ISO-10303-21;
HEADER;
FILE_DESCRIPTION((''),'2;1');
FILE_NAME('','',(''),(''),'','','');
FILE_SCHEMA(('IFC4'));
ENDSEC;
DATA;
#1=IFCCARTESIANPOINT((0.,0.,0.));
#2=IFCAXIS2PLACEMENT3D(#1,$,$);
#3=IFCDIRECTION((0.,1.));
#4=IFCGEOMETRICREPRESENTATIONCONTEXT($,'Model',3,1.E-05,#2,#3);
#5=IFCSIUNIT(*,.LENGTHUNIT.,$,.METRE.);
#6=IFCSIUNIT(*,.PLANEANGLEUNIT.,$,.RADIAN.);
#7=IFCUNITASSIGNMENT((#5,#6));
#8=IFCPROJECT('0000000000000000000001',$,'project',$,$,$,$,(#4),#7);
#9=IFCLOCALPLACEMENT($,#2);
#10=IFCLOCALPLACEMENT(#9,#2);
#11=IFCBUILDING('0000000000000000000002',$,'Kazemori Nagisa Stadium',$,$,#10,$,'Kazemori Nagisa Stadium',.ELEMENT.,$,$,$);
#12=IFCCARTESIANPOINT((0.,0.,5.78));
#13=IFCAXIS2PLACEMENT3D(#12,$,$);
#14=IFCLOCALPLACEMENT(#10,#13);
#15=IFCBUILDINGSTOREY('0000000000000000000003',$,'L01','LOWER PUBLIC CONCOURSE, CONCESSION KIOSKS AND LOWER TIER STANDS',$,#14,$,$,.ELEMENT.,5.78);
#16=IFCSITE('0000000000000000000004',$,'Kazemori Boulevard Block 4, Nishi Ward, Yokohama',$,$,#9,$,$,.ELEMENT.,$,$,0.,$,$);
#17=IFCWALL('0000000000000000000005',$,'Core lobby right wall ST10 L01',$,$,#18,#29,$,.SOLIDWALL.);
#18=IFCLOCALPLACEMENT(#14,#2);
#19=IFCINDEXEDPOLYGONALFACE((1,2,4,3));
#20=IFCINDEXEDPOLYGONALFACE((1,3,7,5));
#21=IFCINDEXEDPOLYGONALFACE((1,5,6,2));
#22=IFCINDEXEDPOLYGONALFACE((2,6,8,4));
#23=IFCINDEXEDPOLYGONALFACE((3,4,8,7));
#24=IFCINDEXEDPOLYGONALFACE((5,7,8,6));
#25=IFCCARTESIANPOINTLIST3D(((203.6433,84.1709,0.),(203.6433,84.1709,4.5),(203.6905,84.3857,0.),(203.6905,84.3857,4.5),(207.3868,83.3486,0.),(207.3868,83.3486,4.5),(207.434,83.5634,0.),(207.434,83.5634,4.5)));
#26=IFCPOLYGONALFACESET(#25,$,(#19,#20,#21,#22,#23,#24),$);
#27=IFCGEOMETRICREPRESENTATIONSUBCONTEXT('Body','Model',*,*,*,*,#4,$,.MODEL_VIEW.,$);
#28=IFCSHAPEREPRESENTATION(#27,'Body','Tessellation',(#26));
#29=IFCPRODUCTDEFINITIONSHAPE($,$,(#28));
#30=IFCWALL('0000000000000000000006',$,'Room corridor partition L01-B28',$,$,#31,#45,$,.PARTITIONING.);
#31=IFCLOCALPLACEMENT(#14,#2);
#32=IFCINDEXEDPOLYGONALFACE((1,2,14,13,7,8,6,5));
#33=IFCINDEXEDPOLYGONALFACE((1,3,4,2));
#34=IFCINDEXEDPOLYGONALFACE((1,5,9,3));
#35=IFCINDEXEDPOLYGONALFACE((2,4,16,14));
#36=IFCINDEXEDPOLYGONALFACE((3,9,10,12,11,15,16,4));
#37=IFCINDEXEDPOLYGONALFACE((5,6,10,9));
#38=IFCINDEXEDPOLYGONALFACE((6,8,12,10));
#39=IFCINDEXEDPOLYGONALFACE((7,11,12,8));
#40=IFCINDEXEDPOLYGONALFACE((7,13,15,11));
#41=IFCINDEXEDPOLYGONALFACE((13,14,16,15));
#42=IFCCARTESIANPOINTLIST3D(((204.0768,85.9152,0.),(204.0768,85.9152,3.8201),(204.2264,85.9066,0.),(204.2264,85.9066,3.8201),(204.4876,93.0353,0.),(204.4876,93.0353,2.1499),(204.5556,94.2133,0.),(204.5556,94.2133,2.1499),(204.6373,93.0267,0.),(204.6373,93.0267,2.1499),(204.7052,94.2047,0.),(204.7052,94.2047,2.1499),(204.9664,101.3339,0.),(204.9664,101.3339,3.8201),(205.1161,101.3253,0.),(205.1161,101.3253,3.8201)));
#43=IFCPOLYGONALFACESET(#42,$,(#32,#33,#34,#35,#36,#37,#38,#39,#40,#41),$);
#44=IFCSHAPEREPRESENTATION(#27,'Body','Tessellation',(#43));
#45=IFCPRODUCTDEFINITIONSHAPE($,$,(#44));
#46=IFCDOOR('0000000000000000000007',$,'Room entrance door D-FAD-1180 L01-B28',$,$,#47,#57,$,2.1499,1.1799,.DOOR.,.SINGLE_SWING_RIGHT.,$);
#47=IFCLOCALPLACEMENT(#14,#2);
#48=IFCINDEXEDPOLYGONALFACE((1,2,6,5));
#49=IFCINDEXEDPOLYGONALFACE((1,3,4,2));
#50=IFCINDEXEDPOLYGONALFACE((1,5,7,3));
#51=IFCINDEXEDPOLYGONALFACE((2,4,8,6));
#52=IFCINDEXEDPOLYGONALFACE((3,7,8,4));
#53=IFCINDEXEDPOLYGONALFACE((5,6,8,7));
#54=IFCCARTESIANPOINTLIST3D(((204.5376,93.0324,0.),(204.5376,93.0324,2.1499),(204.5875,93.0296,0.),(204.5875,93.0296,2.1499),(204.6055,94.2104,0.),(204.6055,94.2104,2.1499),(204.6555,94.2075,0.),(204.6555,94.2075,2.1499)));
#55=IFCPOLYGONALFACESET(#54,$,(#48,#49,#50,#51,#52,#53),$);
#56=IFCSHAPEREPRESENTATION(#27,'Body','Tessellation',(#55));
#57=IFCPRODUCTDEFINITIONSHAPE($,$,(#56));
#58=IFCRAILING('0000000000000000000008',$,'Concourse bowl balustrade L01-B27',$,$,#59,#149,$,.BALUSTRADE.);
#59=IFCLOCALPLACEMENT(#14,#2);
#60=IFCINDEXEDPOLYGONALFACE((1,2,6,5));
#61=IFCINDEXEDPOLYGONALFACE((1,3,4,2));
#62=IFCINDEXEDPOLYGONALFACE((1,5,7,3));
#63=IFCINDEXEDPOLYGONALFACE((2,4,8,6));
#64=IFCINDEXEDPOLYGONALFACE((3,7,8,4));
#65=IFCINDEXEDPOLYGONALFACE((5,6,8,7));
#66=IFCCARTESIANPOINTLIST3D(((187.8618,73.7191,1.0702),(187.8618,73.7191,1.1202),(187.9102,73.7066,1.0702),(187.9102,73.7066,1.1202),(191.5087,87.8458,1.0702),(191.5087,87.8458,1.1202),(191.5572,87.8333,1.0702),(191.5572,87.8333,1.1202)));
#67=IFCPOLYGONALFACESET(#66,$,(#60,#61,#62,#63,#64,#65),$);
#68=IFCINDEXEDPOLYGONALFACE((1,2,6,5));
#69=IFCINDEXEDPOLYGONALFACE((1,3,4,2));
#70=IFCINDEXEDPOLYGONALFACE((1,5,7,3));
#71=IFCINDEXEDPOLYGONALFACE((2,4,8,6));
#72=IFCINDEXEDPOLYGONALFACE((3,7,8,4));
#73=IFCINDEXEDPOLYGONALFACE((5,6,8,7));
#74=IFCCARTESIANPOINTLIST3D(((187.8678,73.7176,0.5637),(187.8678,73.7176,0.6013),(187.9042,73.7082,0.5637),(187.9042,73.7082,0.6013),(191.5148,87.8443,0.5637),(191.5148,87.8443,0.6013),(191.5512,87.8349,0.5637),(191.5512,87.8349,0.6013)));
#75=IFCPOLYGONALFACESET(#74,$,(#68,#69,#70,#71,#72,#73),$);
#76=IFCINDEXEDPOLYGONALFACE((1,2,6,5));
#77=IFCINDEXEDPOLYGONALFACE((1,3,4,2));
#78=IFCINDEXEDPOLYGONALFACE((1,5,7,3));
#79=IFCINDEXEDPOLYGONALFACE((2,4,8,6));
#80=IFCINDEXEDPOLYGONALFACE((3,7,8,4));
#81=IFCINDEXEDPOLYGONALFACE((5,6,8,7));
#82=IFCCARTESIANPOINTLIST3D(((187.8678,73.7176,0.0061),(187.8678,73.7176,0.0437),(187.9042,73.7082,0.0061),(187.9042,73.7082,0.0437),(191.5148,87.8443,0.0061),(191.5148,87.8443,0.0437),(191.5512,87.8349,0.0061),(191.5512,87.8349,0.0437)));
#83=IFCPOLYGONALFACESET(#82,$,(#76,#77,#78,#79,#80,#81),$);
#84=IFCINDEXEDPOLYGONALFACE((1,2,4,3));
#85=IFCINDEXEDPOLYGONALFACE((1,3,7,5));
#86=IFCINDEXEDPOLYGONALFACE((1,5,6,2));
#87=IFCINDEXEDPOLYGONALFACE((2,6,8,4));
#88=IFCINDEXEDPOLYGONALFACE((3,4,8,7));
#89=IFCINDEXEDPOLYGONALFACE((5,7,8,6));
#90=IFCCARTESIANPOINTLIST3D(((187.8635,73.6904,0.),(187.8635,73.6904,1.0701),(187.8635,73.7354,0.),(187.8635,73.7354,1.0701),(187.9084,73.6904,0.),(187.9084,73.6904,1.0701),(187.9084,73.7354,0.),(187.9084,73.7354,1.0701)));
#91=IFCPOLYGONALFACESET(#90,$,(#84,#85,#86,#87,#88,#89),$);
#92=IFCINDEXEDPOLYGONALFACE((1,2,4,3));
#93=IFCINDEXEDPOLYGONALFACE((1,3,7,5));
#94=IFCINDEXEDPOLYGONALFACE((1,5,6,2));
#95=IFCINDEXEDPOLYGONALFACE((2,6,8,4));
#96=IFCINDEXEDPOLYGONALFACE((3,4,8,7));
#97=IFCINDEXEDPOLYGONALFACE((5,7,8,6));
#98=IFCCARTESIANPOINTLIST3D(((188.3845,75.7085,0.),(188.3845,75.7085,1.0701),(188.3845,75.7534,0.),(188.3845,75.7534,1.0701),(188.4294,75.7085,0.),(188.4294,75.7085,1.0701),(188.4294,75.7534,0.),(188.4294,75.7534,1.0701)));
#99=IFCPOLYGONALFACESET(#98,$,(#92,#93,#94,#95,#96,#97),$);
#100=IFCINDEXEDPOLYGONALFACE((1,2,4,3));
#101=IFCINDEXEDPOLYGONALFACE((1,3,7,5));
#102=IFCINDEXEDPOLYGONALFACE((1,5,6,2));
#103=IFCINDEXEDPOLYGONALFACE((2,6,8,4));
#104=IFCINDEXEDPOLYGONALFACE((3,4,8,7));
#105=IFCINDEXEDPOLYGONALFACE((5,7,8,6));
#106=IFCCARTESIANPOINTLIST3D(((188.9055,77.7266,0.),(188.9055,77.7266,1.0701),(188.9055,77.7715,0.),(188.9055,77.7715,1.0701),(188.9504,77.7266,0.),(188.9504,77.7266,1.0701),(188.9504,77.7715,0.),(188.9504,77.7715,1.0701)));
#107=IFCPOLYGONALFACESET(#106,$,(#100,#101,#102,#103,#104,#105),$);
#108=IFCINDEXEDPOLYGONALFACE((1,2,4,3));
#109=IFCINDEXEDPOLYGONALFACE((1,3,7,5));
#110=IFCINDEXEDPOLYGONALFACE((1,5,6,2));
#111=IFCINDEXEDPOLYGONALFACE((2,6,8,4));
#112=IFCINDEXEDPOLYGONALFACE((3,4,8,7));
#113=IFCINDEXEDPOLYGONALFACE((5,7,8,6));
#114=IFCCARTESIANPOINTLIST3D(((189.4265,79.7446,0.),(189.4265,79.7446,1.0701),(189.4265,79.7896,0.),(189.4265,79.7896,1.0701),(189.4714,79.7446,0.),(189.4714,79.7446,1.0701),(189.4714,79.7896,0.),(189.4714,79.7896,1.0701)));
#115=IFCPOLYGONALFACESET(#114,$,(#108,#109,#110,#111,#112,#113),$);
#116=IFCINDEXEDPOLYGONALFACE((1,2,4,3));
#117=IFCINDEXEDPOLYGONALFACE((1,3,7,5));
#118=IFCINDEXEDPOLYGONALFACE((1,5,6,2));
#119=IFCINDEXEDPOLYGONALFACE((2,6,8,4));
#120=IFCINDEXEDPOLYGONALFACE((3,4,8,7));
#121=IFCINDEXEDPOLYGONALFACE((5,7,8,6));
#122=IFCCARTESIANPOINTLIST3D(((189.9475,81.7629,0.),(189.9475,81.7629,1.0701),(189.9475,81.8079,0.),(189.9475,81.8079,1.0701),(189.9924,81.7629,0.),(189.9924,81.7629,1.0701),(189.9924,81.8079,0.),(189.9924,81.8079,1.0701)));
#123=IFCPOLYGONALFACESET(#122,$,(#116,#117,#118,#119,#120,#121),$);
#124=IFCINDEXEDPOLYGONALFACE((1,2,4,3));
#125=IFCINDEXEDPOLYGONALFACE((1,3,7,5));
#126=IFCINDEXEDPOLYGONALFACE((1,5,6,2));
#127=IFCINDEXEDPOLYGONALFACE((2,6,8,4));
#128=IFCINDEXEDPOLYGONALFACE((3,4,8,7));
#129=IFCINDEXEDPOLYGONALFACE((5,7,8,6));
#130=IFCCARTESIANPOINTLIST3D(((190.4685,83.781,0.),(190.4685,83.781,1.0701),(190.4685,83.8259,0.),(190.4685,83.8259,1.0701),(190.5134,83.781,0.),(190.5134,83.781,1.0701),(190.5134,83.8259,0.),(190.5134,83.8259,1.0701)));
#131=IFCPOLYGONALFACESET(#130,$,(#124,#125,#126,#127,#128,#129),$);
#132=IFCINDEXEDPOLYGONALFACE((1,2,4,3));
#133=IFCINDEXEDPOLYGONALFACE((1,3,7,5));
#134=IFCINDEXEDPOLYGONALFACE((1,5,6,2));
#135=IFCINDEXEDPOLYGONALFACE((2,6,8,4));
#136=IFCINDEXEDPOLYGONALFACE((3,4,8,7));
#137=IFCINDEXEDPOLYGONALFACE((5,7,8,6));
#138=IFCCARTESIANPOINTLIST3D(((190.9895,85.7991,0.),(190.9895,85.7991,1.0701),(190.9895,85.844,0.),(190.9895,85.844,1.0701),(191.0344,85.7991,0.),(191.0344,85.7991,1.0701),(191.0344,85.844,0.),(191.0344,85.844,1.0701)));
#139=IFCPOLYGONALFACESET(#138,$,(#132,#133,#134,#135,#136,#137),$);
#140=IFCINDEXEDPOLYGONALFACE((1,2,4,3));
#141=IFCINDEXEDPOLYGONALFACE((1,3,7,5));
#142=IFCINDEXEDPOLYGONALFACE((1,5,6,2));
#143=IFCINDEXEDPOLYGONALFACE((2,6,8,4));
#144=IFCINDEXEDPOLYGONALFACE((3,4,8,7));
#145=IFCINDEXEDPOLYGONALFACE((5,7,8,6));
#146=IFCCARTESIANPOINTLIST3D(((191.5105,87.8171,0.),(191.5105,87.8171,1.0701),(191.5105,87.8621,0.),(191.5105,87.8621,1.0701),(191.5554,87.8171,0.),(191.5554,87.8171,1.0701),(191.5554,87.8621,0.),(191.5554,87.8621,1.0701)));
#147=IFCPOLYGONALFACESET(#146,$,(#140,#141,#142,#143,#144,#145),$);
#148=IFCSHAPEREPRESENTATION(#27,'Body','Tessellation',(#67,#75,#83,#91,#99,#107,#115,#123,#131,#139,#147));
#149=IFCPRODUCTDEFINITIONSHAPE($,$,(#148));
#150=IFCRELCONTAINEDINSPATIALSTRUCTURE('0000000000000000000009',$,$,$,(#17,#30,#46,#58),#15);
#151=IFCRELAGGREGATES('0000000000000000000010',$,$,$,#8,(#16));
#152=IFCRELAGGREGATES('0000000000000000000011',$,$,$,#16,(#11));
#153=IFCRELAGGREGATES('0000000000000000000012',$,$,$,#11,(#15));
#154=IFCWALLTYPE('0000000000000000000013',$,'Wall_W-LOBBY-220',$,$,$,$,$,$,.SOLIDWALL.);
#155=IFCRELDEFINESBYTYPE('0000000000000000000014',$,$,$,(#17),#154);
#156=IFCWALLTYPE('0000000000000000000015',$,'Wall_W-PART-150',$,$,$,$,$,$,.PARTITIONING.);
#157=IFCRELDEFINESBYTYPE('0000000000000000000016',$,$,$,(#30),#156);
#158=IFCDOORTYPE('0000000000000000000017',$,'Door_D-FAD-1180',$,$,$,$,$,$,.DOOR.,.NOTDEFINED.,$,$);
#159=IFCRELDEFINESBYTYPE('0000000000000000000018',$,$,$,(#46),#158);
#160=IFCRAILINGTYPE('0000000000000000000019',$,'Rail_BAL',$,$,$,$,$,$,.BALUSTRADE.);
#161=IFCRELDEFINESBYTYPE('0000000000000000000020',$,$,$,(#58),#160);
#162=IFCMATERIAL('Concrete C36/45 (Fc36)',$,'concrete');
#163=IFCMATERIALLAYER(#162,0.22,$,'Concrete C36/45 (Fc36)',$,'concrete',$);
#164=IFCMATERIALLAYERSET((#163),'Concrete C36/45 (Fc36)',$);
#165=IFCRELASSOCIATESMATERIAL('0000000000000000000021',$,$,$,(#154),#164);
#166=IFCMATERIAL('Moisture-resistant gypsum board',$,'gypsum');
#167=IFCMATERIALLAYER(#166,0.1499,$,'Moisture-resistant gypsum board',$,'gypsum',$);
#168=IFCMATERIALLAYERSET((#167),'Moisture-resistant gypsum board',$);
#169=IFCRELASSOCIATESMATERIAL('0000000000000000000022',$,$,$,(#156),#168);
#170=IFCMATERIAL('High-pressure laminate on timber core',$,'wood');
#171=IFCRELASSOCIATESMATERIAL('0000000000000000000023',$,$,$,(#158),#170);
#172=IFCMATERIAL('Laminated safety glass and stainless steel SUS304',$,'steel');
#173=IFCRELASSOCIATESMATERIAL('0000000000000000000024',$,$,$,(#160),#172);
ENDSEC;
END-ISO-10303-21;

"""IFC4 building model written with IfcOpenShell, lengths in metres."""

from ifc_helpers import new_model, si_unit, direction, frame, frame_2d, origin, origin_2d, place, context, subcontext, project, spatial, rectangle, extrude, material, layer, layer_set, type_object, element, fill, save


model = new_model("IFC4")

# Units and contexts
model_context = context("Model", 3, precision=1e-05, world=origin(), true_north=direction((0.0, 1.0)))
body_context = subcontext(model_context, "Body", "Model", "MODEL_VIEW")
ifc_project = project(units=[si_unit("LENGTHUNIT", "METRE"), si_unit("PLANEANGLEUNIT", "RADIAN")], contexts=[model_context])

# Site, building, storey
site_placement = place(None, origin())
site = spatial("IfcSite", under=ifc_project, at=site_placement, Name="Kazemori Boulevard Block 4, Nishi Ward, Yokohama", CompositionType="ELEMENT", RefElevation=0.0)
building_placement = place(site_placement, origin())
building = spatial("IfcBuilding", under=site, at=building_placement, Name="Kazemori Nagisa Stadium", LongName="Kazemori Nagisa Stadium", CompositionType="ELEMENT")
storey_placement = place(building_placement, frame((0.0, 0.0, 5.78)))
storey = spatial("IfcBuildingStorey", under=building, at=storey_placement, Name="L01", Description="LOWER PUBLIC CONCOURSE, CONCESSION KIOSKS AND LOWER TIER STANDS", CompositionType="ELEMENT", Elevation=5.78)

# Wall
ifc_material_1 = material(Name="Concrete C36/45 (Fc36)", Category="concrete")
ifc_layer_1 = layer(ifc_material_1, 0.22, Name="Concrete C36/45 (Fc36)", Category="concrete")
ifc_layer_set_1 = layer_set([ifc_layer_1], Name="Concrete C36/45 (Fc36)")
wall_type_1 = type_object("IfcWallType", Name="Wall_W-LOBBY-220", PredefinedType="SOLIDWALL", material=ifc_layer_set_1)
wall_1_placement = place(storey_placement, frame((203.6667, 84.2783, 0.0), z_axis=(0.0, 0.0, 1.0), x_axis=(0.976715, -0.214542, 0.0)))
element("IfcWall", 1, at=wall_1_placement, inside=storey, type_object=wall_type_1, Name="Core lobby right wall ST10 L01", PredefinedType="SOLIDWALL", context=body_context, shape_type="SweptSolid", body=[
    extrude(rectangle(XDim=3.8328, YDim=0.22, at=frame_2d((1.9165, 0.0))), origin(), (0.0, 0.0, 1.0), 4.5),
])

# Wall, opening, door
ifc_material_2 = material(Name="Moisture-resistant gypsum board", Category="gypsum")
ifc_layer_2 = layer(ifc_material_2, 0.1499, Name="Moisture-resistant gypsum board", Category="gypsum")
ifc_layer_set_2 = layer_set([ifc_layer_2], Name="Moisture-resistant gypsum board")
wall_type_2 = type_object("IfcWallType", Name="Wall_W-PART-150", PredefinedType="PARTITIONING", material=ifc_layer_set_2)
wall_2_placement = place(storey_placement, frame((204.1516, 85.9109, 0.0), z_axis=(0.0, 0.0, 1.0), x_axis=(0.057604, 0.99834, 0.0)))
wall_2 = element("IfcWall", 2, at=wall_2_placement, inside=storey, type_object=wall_type_2, Name="Room corridor partition L01-B28", PredefinedType="PARTITIONING", context=body_context, shape_type="SweptSolid", body=[
    extrude(rectangle(XDim=15.4443, YDim=0.1499, at=frame_2d((7.7222, 0.0))), origin(), (0.0, 0.0, 1.0), 3.8201),
])
opening_placement = place(wall_2_placement, frame((7.1321, 0.0, 0.0)))
opening = element("IfcOpeningElement", 3, at=opening_placement, cuts=wall_2, PredefinedType="OPENING", context=body_context, shape_type="SweptSolid", body=[
    extrude(rectangle(XDim=1.1799, YDim=2.1499, at=frame_2d((0.5898, 1.075))), frame((0.0, 0.085, 0.0), z_axis=(0.0, -1.0, 0.0), x_axis=(1.0, 0.0, 0.0)), (0.0, 0.0, 1.0), 0.1699),
])
ifc_material_3 = material(Name="High-pressure laminate on timber core", Category="wood")
door_type = type_object("IfcDoorType", Name="Door_D-FAD-1180", OperationType="NOTDEFINED", PredefinedType="DOOR", material=ifc_material_3)
door_placement = place(opening_placement, origin())
door = element("IfcDoor", 4, at=door_placement, inside=storey, type_object=door_type, Name="Room entrance door D-FAD-1180 L01-B28", OperationType="SINGLE_SWING_RIGHT", OverallHeight=2.1499, OverallWidth=1.1799, PredefinedType="DOOR", context=body_context, shape_type="SweptSolid", body=[
    extrude(rectangle(XDim=1.1799, YDim=2.1499, at=frame_2d((0.5898, 1.075))), frame((0.0, 0.0249, 0.0), z_axis=(0.0, -1.0, 0.0), x_axis=(1.0, 0.0, 0.0)), (0.0, 0.0, 1.0), 0.05),
])
fill(opening, door)

# Railing
ifc_material_4 = material(Name="Laminated safety glass and stainless steel SUS304", Category="steel")
railing_type_1 = type_object("IfcRailingType", Name="Rail_BAL", PredefinedType="BALUSTRADE", material=ifc_material_4)
railing_1_placement = place(storey_placement, frame((187.886, 73.7129, 0.0)))
element("IfcRailing", 5, at=railing_1_placement, inside=storey, type_object=railing_type_1, Name="Concourse bowl balustrade L01-B27", PredefinedType="BALUSTRADE", context=body_context, shape_type="SweptSolid", body=[
    extrude(rectangle(XDim=0.05, YDim=0.05, at=origin_2d()), frame((0.0, 0.0, 1.0952), z_axis=(0.249966, 0.968255, 0.0), x_axis=(-0.968255, 0.249966, 0.0)), (0.0, 0.0, 1.0), 14.5898),
    extrude(rectangle(XDim=0.0376, YDim=0.0376, at=origin_2d()), frame((0.0, 0.0, 0.5825), z_axis=(0.249966, 0.968255, 0.0), x_axis=(-0.968255, 0.249966, 0.0)), (0.0, 0.0, 1.0), 14.5898),
    extrude(rectangle(XDim=0.0376, YDim=0.0376, at=origin_2d()), frame((0.0, 0.0, 0.0249), z_axis=(0.249966, 0.968255, 0.0), x_axis=(-0.968255, 0.249966, 0.0)), (0.0, 0.0, 1.0), 14.5898),
    extrude(rectangle(XDim=0.0449, YDim=0.0449, at=origin_2d()), origin(), (0.0, 0.0, 1.0), 1.0701),
    extrude(rectangle(XDim=0.0449, YDim=0.0449, at=origin_2d()), frame((0.521, 2.0181, 0.0)), (0.0, 0.0, 1.0), 1.0701),
    extrude(rectangle(XDim=0.0449, YDim=0.0449, at=origin_2d()), frame((1.042, 4.0361, 0.0)), (0.0, 0.0, 1.0), 1.0701),
    extrude(rectangle(XDim=0.0449, YDim=0.0449, at=origin_2d()), frame((1.563, 6.0542, 0.0)), (0.0, 0.0, 1.0), 1.0701),
    extrude(rectangle(XDim=0.0449, YDim=0.0449, at=origin_2d()), frame((2.084, 8.0725, 0.0)), (0.0, 0.0, 1.0), 1.0701),
    extrude(rectangle(XDim=0.0449, YDim=0.0449, at=origin_2d()), frame((2.605, 10.0906, 0.0)), (0.0, 0.0, 1.0), 1.0701),
    extrude(rectangle(XDim=0.0449, YDim=0.0449, at=origin_2d()), frame((3.126, 12.1086, 0.0)), (0.0, 0.0, 1.0), 1.0701),
    extrude(rectangle(XDim=0.0449, YDim=0.0449, at=origin_2d()), frame((3.647, 14.1267, 0.0)), (0.0, 0.0, 1.0), 1.0701),
])

save(model, "model.ifc")
